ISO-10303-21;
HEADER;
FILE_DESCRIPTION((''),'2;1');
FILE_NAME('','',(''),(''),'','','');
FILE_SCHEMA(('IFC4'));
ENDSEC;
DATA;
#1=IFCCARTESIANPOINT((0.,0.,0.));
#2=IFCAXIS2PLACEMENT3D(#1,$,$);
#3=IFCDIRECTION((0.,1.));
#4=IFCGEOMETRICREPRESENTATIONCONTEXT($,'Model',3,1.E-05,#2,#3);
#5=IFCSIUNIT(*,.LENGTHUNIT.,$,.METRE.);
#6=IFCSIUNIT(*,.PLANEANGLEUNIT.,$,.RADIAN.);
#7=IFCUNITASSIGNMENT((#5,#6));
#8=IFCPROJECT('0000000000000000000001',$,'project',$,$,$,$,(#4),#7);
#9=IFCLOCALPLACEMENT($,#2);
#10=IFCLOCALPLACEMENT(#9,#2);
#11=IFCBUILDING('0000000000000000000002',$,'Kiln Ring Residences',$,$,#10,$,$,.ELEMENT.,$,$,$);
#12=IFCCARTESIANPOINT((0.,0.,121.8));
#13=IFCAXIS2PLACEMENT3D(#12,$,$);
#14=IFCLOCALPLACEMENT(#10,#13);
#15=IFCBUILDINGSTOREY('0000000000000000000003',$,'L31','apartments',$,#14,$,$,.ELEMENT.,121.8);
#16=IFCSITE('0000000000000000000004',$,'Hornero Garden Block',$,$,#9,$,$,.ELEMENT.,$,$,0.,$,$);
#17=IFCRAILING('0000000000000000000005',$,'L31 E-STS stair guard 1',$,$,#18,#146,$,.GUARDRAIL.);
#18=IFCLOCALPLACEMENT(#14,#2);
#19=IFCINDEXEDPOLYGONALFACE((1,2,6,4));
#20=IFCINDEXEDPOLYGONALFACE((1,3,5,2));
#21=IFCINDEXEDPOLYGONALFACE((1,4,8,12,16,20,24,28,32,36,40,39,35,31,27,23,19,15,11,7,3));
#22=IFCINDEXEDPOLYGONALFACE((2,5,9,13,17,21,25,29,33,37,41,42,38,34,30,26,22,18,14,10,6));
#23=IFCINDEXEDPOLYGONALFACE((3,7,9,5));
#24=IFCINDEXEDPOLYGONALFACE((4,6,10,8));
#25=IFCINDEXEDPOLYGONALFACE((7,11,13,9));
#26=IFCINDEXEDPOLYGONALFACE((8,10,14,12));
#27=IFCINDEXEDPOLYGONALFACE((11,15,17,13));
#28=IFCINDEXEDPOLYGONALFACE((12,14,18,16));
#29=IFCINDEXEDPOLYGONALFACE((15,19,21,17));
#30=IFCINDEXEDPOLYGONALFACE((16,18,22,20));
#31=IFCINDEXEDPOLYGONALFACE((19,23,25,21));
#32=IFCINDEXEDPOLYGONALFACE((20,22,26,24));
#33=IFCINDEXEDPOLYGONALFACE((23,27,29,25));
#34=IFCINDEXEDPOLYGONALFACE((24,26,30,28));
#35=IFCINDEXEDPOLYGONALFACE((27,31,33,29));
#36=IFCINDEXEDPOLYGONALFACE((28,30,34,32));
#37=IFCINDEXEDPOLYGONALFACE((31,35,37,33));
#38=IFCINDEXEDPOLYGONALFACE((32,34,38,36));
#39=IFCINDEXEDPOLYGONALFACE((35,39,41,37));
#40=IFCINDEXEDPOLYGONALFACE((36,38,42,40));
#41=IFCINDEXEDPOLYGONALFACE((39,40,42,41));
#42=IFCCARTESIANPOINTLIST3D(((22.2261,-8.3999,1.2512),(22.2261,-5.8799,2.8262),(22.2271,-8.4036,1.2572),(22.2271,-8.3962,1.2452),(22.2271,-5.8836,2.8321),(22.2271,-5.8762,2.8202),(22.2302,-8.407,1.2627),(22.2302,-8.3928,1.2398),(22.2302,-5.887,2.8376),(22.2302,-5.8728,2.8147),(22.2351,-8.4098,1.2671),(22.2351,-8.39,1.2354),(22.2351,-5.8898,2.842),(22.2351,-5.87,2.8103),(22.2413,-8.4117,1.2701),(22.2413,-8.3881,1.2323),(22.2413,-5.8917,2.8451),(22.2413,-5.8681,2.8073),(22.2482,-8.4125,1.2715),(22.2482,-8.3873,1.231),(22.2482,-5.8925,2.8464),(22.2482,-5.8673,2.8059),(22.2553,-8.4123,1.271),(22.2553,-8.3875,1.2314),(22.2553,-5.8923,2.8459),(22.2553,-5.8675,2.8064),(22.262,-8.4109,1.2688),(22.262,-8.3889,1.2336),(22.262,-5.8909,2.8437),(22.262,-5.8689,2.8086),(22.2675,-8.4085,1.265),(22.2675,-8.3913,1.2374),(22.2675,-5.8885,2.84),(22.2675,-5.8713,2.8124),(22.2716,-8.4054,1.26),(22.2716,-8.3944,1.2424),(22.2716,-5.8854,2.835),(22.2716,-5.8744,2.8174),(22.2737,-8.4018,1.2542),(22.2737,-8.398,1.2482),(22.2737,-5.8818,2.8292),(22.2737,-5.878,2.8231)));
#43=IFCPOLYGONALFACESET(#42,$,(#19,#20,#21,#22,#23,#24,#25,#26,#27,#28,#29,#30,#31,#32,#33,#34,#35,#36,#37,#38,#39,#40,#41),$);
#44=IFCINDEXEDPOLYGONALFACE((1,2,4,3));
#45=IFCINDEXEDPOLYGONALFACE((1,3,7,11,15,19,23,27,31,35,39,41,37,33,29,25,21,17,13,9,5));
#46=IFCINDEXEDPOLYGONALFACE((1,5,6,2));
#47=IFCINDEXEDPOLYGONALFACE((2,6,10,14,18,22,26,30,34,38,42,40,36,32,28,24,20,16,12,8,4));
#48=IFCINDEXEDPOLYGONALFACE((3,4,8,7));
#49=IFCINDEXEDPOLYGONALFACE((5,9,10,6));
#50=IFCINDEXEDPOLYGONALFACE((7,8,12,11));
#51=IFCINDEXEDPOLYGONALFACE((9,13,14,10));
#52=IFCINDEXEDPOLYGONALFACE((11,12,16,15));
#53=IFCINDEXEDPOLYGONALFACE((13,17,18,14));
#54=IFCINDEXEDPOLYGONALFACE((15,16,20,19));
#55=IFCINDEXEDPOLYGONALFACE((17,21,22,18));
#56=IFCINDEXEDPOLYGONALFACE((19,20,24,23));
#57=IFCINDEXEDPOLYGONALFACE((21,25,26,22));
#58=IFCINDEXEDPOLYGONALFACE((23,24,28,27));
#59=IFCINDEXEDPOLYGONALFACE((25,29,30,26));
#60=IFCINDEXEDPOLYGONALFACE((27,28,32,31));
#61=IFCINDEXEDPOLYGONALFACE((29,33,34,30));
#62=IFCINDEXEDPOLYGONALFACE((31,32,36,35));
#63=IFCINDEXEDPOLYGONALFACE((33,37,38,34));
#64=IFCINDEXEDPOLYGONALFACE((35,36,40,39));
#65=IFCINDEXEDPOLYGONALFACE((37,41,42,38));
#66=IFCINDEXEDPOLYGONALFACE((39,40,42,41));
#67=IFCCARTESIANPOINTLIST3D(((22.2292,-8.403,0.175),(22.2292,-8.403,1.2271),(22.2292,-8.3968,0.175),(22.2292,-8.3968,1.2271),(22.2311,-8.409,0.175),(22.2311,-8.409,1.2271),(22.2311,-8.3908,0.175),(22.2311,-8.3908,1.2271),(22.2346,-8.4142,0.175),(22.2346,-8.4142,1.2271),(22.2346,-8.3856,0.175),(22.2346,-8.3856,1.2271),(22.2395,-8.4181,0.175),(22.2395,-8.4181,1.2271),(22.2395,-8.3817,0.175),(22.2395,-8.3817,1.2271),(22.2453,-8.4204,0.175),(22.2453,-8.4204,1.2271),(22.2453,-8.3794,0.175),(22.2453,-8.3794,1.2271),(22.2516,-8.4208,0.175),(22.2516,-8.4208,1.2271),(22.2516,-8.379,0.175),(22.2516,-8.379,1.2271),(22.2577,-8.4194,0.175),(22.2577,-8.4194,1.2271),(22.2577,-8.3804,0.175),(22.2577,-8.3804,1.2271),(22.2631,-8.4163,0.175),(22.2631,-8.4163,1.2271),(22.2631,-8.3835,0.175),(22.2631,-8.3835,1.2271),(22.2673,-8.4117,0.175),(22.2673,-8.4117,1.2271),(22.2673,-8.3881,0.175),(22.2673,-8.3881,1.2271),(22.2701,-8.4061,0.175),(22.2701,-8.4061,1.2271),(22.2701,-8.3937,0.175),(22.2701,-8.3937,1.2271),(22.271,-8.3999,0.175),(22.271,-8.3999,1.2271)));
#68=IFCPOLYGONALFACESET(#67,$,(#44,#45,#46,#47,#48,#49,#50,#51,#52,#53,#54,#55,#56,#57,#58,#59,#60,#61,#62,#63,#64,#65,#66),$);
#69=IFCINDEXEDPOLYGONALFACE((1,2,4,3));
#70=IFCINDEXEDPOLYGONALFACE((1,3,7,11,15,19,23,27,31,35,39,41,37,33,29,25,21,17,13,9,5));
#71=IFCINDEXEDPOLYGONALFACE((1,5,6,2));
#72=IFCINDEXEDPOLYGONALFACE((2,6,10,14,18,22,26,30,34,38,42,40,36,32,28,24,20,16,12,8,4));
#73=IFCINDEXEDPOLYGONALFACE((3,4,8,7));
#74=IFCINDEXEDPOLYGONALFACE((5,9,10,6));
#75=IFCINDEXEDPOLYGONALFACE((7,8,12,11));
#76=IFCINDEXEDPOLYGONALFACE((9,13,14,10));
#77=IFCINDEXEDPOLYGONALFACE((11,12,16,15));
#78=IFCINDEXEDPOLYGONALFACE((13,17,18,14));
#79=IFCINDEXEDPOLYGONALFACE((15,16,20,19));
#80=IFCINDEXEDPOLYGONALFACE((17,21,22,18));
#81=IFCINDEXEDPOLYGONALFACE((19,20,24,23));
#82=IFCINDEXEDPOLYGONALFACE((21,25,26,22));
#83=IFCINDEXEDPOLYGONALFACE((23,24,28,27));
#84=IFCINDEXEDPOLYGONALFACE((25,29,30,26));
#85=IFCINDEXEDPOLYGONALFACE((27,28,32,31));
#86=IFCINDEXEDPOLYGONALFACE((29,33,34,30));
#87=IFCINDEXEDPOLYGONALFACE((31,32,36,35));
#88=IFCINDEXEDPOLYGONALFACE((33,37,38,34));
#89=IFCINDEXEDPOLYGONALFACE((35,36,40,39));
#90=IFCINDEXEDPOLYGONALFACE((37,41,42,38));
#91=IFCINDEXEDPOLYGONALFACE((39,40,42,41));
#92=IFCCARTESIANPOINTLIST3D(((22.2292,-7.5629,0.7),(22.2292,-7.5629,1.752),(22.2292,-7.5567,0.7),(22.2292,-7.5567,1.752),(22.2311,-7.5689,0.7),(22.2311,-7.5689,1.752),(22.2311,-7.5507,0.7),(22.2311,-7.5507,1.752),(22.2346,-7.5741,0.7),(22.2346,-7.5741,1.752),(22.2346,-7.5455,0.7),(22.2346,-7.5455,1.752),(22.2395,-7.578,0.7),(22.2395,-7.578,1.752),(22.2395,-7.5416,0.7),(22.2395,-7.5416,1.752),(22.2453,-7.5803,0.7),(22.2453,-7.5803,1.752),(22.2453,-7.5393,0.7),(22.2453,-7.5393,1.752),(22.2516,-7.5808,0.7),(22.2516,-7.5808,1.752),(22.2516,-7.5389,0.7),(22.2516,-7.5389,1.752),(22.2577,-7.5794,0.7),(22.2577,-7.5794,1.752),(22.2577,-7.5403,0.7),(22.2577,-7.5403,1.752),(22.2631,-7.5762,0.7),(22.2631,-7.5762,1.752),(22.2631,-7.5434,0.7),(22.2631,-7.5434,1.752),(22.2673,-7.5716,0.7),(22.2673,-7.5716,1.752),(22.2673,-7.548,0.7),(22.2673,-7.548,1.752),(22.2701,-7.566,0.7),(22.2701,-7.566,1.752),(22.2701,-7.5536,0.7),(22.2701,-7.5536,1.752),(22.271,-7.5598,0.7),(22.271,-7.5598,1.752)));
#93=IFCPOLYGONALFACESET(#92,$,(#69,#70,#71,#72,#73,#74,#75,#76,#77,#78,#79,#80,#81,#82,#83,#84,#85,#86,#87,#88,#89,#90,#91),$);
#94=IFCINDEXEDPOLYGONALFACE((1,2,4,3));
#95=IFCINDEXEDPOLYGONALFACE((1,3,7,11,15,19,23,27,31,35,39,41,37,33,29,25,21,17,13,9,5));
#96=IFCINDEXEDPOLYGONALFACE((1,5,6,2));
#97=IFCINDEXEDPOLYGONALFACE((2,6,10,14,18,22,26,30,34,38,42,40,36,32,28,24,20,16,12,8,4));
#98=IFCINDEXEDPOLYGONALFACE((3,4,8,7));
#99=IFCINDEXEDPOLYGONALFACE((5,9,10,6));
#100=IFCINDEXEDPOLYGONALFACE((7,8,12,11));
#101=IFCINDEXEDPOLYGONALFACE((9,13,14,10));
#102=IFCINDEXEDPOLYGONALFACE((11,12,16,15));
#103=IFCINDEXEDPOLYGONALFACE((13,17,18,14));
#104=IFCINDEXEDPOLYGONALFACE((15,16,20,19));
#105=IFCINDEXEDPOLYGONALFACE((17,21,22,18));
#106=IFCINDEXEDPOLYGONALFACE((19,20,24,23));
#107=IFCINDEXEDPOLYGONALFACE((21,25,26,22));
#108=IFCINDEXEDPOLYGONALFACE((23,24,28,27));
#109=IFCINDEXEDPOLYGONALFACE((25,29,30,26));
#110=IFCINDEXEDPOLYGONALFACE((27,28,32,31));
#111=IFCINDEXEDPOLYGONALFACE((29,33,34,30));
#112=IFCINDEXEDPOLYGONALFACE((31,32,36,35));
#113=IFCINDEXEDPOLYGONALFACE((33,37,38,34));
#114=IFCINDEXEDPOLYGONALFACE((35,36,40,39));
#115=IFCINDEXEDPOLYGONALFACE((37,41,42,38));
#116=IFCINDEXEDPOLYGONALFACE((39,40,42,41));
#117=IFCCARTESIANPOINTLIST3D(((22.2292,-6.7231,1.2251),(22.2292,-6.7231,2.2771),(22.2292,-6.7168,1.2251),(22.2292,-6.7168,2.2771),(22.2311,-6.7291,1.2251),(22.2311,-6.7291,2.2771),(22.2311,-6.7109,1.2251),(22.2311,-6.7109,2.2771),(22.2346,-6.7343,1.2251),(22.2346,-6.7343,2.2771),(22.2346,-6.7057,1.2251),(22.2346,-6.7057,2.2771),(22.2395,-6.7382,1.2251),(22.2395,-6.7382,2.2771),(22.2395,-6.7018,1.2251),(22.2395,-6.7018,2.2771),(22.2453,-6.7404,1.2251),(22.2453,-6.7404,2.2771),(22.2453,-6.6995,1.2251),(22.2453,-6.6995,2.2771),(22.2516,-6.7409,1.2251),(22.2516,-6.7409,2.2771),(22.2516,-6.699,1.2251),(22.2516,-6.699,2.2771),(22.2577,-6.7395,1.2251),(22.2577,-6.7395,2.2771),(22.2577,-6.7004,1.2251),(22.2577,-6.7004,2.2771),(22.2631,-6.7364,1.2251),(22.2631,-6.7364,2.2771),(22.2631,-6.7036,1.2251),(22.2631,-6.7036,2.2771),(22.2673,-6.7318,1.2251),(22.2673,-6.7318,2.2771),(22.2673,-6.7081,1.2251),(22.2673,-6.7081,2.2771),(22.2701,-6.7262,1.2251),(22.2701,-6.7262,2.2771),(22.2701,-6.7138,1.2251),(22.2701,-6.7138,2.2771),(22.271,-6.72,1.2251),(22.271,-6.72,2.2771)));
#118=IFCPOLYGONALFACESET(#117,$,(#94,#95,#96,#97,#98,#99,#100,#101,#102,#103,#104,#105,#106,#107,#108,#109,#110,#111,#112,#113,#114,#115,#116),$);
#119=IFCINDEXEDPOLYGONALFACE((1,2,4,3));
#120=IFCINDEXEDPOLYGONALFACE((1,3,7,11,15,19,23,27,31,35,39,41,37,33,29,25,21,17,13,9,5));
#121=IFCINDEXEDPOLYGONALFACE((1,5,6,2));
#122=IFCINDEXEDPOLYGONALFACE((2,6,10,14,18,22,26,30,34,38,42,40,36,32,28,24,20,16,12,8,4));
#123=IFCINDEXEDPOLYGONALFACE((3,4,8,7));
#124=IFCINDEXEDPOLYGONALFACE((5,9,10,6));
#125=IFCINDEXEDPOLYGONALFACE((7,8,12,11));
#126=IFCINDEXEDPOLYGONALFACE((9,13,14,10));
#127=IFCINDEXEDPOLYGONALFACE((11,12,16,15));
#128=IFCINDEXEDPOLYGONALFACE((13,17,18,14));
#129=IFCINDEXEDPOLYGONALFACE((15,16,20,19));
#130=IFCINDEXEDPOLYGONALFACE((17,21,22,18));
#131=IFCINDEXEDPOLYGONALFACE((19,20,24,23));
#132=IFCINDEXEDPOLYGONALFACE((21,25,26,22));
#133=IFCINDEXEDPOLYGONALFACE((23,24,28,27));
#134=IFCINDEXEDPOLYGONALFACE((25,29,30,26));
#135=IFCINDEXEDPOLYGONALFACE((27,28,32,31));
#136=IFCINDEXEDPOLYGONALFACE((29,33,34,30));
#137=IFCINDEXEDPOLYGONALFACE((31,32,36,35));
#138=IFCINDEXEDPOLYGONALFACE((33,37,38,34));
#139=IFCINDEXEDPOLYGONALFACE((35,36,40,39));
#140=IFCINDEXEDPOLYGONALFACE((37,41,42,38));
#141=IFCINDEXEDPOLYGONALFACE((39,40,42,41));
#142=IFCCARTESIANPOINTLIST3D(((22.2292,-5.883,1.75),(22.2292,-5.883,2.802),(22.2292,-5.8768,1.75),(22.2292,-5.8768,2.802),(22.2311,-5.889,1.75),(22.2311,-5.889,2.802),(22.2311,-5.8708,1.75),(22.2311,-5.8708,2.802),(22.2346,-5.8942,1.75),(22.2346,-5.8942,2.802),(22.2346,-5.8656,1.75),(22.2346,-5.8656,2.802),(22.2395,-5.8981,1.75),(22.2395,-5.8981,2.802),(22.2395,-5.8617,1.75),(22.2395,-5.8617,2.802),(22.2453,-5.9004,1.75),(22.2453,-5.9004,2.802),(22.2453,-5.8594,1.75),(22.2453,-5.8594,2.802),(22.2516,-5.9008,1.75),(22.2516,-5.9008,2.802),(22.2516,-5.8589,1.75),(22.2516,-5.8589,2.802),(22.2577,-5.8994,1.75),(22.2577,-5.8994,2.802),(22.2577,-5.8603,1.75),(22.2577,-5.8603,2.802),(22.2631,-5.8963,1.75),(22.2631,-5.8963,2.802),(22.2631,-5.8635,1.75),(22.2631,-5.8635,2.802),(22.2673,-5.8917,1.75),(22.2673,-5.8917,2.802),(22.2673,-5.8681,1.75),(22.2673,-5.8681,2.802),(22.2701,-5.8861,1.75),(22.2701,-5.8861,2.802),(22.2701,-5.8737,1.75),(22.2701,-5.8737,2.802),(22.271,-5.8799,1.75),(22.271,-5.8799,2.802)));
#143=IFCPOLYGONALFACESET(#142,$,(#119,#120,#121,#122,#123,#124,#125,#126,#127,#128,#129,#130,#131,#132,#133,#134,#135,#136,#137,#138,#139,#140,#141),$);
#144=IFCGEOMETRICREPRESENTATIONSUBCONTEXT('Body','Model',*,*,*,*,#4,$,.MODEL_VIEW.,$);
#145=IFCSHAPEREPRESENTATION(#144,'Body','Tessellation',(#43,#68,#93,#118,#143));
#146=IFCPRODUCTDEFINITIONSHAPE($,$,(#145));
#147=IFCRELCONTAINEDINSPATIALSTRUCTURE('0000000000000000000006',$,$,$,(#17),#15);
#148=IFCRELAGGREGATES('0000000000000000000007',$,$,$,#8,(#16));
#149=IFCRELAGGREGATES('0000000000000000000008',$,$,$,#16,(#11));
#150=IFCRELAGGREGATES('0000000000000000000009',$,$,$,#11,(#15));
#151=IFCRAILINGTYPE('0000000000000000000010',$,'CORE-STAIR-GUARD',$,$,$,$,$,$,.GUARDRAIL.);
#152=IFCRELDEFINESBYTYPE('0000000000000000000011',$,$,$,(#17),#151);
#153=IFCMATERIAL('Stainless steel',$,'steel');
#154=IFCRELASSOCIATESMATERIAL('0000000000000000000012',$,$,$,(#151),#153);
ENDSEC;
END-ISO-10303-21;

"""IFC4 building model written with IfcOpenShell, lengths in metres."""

from ifc_helpers import new_model, si_unit, direction, frame, origin, origin_2d, place, context, subcontext, project, spatial, circle, extrude, material, type_object, element, save


model = new_model("IFC4")

# Units and contexts
model_context = context("Model", 3, precision=1e-05, world=origin(), true_north=direction((0.0, 1.0)))
body_context = subcontext(model_context, "Body", "Model", "MODEL_VIEW")
ifc_project = project(units=[si_unit("LENGTHUNIT", "METRE"), si_unit("PLANEANGLEUNIT", "RADIAN")], contexts=[model_context])

# Site, building, storey
site_placement = place(None, origin())
site = spatial("IfcSite", under=ifc_project, at=site_placement, Name="Hornero Garden Block", CompositionType="ELEMENT", RefElevation=0.0)
building_placement = place(site_placement, origin())
building = spatial("IfcBuilding", under=site, at=building_placement, Name="Kiln Ring Residences", CompositionType="ELEMENT")
storey_placement = place(building_placement, frame((0.0, 0.0, 121.8)))
storey = spatial("IfcBuildingStorey", under=building, at=storey_placement, Name="L31", Description="apartments", CompositionType="ELEMENT", Elevation=121.8)

# Railing
ifc_material_1 = material(Name="Stainless steel", Category="steel")
railing_type_1 = type_object("IfcRailingType", Name="CORE-STAIR-GUARD", PredefinedType="GUARDRAIL", material=ifc_material_1)
railing_1_placement = place(storey_placement, frame((22.25, -8.3999, 0.175)))
element("IfcRailing", 1, at=railing_1_placement, inside=storey, type_object=railing_type_1, Name="L31 E-STS stair guard 1", PredefinedType="GUARDRAIL", context=body_context, shape_type="SweptSolid", body=[
    extrude(circle(Radius=0.0239, at=origin_2d()), frame((0.0, 0.0, 1.0762), z_axis=(0.0, 0.848008, 0.529984), x_axis=(-1.0, 0.0, 0.0)), (0.0, 0.0, 1.0), 2.9717),
    extrude(circle(Radius=0.021, at=origin_2d()), origin(), (0.0, 0.0, 1.0), 1.052),
    extrude(circle(Radius=0.021, at=origin_2d()), frame((0.0, 0.8401, 0.5249)), (0.0, 0.0, 1.0), 1.052),
    extrude(circle(Radius=0.021, at=origin_2d()), frame((0.0, 1.6799, 1.05)), (0.0, 0.0, 1.0), 1.052),
    extrude(circle(Radius=0.021, at=origin_2d()), frame((0.0, 2.52, 1.575)), (0.0, 0.0, 1.0), 1.052),
])

save(model, "model.ifc")
